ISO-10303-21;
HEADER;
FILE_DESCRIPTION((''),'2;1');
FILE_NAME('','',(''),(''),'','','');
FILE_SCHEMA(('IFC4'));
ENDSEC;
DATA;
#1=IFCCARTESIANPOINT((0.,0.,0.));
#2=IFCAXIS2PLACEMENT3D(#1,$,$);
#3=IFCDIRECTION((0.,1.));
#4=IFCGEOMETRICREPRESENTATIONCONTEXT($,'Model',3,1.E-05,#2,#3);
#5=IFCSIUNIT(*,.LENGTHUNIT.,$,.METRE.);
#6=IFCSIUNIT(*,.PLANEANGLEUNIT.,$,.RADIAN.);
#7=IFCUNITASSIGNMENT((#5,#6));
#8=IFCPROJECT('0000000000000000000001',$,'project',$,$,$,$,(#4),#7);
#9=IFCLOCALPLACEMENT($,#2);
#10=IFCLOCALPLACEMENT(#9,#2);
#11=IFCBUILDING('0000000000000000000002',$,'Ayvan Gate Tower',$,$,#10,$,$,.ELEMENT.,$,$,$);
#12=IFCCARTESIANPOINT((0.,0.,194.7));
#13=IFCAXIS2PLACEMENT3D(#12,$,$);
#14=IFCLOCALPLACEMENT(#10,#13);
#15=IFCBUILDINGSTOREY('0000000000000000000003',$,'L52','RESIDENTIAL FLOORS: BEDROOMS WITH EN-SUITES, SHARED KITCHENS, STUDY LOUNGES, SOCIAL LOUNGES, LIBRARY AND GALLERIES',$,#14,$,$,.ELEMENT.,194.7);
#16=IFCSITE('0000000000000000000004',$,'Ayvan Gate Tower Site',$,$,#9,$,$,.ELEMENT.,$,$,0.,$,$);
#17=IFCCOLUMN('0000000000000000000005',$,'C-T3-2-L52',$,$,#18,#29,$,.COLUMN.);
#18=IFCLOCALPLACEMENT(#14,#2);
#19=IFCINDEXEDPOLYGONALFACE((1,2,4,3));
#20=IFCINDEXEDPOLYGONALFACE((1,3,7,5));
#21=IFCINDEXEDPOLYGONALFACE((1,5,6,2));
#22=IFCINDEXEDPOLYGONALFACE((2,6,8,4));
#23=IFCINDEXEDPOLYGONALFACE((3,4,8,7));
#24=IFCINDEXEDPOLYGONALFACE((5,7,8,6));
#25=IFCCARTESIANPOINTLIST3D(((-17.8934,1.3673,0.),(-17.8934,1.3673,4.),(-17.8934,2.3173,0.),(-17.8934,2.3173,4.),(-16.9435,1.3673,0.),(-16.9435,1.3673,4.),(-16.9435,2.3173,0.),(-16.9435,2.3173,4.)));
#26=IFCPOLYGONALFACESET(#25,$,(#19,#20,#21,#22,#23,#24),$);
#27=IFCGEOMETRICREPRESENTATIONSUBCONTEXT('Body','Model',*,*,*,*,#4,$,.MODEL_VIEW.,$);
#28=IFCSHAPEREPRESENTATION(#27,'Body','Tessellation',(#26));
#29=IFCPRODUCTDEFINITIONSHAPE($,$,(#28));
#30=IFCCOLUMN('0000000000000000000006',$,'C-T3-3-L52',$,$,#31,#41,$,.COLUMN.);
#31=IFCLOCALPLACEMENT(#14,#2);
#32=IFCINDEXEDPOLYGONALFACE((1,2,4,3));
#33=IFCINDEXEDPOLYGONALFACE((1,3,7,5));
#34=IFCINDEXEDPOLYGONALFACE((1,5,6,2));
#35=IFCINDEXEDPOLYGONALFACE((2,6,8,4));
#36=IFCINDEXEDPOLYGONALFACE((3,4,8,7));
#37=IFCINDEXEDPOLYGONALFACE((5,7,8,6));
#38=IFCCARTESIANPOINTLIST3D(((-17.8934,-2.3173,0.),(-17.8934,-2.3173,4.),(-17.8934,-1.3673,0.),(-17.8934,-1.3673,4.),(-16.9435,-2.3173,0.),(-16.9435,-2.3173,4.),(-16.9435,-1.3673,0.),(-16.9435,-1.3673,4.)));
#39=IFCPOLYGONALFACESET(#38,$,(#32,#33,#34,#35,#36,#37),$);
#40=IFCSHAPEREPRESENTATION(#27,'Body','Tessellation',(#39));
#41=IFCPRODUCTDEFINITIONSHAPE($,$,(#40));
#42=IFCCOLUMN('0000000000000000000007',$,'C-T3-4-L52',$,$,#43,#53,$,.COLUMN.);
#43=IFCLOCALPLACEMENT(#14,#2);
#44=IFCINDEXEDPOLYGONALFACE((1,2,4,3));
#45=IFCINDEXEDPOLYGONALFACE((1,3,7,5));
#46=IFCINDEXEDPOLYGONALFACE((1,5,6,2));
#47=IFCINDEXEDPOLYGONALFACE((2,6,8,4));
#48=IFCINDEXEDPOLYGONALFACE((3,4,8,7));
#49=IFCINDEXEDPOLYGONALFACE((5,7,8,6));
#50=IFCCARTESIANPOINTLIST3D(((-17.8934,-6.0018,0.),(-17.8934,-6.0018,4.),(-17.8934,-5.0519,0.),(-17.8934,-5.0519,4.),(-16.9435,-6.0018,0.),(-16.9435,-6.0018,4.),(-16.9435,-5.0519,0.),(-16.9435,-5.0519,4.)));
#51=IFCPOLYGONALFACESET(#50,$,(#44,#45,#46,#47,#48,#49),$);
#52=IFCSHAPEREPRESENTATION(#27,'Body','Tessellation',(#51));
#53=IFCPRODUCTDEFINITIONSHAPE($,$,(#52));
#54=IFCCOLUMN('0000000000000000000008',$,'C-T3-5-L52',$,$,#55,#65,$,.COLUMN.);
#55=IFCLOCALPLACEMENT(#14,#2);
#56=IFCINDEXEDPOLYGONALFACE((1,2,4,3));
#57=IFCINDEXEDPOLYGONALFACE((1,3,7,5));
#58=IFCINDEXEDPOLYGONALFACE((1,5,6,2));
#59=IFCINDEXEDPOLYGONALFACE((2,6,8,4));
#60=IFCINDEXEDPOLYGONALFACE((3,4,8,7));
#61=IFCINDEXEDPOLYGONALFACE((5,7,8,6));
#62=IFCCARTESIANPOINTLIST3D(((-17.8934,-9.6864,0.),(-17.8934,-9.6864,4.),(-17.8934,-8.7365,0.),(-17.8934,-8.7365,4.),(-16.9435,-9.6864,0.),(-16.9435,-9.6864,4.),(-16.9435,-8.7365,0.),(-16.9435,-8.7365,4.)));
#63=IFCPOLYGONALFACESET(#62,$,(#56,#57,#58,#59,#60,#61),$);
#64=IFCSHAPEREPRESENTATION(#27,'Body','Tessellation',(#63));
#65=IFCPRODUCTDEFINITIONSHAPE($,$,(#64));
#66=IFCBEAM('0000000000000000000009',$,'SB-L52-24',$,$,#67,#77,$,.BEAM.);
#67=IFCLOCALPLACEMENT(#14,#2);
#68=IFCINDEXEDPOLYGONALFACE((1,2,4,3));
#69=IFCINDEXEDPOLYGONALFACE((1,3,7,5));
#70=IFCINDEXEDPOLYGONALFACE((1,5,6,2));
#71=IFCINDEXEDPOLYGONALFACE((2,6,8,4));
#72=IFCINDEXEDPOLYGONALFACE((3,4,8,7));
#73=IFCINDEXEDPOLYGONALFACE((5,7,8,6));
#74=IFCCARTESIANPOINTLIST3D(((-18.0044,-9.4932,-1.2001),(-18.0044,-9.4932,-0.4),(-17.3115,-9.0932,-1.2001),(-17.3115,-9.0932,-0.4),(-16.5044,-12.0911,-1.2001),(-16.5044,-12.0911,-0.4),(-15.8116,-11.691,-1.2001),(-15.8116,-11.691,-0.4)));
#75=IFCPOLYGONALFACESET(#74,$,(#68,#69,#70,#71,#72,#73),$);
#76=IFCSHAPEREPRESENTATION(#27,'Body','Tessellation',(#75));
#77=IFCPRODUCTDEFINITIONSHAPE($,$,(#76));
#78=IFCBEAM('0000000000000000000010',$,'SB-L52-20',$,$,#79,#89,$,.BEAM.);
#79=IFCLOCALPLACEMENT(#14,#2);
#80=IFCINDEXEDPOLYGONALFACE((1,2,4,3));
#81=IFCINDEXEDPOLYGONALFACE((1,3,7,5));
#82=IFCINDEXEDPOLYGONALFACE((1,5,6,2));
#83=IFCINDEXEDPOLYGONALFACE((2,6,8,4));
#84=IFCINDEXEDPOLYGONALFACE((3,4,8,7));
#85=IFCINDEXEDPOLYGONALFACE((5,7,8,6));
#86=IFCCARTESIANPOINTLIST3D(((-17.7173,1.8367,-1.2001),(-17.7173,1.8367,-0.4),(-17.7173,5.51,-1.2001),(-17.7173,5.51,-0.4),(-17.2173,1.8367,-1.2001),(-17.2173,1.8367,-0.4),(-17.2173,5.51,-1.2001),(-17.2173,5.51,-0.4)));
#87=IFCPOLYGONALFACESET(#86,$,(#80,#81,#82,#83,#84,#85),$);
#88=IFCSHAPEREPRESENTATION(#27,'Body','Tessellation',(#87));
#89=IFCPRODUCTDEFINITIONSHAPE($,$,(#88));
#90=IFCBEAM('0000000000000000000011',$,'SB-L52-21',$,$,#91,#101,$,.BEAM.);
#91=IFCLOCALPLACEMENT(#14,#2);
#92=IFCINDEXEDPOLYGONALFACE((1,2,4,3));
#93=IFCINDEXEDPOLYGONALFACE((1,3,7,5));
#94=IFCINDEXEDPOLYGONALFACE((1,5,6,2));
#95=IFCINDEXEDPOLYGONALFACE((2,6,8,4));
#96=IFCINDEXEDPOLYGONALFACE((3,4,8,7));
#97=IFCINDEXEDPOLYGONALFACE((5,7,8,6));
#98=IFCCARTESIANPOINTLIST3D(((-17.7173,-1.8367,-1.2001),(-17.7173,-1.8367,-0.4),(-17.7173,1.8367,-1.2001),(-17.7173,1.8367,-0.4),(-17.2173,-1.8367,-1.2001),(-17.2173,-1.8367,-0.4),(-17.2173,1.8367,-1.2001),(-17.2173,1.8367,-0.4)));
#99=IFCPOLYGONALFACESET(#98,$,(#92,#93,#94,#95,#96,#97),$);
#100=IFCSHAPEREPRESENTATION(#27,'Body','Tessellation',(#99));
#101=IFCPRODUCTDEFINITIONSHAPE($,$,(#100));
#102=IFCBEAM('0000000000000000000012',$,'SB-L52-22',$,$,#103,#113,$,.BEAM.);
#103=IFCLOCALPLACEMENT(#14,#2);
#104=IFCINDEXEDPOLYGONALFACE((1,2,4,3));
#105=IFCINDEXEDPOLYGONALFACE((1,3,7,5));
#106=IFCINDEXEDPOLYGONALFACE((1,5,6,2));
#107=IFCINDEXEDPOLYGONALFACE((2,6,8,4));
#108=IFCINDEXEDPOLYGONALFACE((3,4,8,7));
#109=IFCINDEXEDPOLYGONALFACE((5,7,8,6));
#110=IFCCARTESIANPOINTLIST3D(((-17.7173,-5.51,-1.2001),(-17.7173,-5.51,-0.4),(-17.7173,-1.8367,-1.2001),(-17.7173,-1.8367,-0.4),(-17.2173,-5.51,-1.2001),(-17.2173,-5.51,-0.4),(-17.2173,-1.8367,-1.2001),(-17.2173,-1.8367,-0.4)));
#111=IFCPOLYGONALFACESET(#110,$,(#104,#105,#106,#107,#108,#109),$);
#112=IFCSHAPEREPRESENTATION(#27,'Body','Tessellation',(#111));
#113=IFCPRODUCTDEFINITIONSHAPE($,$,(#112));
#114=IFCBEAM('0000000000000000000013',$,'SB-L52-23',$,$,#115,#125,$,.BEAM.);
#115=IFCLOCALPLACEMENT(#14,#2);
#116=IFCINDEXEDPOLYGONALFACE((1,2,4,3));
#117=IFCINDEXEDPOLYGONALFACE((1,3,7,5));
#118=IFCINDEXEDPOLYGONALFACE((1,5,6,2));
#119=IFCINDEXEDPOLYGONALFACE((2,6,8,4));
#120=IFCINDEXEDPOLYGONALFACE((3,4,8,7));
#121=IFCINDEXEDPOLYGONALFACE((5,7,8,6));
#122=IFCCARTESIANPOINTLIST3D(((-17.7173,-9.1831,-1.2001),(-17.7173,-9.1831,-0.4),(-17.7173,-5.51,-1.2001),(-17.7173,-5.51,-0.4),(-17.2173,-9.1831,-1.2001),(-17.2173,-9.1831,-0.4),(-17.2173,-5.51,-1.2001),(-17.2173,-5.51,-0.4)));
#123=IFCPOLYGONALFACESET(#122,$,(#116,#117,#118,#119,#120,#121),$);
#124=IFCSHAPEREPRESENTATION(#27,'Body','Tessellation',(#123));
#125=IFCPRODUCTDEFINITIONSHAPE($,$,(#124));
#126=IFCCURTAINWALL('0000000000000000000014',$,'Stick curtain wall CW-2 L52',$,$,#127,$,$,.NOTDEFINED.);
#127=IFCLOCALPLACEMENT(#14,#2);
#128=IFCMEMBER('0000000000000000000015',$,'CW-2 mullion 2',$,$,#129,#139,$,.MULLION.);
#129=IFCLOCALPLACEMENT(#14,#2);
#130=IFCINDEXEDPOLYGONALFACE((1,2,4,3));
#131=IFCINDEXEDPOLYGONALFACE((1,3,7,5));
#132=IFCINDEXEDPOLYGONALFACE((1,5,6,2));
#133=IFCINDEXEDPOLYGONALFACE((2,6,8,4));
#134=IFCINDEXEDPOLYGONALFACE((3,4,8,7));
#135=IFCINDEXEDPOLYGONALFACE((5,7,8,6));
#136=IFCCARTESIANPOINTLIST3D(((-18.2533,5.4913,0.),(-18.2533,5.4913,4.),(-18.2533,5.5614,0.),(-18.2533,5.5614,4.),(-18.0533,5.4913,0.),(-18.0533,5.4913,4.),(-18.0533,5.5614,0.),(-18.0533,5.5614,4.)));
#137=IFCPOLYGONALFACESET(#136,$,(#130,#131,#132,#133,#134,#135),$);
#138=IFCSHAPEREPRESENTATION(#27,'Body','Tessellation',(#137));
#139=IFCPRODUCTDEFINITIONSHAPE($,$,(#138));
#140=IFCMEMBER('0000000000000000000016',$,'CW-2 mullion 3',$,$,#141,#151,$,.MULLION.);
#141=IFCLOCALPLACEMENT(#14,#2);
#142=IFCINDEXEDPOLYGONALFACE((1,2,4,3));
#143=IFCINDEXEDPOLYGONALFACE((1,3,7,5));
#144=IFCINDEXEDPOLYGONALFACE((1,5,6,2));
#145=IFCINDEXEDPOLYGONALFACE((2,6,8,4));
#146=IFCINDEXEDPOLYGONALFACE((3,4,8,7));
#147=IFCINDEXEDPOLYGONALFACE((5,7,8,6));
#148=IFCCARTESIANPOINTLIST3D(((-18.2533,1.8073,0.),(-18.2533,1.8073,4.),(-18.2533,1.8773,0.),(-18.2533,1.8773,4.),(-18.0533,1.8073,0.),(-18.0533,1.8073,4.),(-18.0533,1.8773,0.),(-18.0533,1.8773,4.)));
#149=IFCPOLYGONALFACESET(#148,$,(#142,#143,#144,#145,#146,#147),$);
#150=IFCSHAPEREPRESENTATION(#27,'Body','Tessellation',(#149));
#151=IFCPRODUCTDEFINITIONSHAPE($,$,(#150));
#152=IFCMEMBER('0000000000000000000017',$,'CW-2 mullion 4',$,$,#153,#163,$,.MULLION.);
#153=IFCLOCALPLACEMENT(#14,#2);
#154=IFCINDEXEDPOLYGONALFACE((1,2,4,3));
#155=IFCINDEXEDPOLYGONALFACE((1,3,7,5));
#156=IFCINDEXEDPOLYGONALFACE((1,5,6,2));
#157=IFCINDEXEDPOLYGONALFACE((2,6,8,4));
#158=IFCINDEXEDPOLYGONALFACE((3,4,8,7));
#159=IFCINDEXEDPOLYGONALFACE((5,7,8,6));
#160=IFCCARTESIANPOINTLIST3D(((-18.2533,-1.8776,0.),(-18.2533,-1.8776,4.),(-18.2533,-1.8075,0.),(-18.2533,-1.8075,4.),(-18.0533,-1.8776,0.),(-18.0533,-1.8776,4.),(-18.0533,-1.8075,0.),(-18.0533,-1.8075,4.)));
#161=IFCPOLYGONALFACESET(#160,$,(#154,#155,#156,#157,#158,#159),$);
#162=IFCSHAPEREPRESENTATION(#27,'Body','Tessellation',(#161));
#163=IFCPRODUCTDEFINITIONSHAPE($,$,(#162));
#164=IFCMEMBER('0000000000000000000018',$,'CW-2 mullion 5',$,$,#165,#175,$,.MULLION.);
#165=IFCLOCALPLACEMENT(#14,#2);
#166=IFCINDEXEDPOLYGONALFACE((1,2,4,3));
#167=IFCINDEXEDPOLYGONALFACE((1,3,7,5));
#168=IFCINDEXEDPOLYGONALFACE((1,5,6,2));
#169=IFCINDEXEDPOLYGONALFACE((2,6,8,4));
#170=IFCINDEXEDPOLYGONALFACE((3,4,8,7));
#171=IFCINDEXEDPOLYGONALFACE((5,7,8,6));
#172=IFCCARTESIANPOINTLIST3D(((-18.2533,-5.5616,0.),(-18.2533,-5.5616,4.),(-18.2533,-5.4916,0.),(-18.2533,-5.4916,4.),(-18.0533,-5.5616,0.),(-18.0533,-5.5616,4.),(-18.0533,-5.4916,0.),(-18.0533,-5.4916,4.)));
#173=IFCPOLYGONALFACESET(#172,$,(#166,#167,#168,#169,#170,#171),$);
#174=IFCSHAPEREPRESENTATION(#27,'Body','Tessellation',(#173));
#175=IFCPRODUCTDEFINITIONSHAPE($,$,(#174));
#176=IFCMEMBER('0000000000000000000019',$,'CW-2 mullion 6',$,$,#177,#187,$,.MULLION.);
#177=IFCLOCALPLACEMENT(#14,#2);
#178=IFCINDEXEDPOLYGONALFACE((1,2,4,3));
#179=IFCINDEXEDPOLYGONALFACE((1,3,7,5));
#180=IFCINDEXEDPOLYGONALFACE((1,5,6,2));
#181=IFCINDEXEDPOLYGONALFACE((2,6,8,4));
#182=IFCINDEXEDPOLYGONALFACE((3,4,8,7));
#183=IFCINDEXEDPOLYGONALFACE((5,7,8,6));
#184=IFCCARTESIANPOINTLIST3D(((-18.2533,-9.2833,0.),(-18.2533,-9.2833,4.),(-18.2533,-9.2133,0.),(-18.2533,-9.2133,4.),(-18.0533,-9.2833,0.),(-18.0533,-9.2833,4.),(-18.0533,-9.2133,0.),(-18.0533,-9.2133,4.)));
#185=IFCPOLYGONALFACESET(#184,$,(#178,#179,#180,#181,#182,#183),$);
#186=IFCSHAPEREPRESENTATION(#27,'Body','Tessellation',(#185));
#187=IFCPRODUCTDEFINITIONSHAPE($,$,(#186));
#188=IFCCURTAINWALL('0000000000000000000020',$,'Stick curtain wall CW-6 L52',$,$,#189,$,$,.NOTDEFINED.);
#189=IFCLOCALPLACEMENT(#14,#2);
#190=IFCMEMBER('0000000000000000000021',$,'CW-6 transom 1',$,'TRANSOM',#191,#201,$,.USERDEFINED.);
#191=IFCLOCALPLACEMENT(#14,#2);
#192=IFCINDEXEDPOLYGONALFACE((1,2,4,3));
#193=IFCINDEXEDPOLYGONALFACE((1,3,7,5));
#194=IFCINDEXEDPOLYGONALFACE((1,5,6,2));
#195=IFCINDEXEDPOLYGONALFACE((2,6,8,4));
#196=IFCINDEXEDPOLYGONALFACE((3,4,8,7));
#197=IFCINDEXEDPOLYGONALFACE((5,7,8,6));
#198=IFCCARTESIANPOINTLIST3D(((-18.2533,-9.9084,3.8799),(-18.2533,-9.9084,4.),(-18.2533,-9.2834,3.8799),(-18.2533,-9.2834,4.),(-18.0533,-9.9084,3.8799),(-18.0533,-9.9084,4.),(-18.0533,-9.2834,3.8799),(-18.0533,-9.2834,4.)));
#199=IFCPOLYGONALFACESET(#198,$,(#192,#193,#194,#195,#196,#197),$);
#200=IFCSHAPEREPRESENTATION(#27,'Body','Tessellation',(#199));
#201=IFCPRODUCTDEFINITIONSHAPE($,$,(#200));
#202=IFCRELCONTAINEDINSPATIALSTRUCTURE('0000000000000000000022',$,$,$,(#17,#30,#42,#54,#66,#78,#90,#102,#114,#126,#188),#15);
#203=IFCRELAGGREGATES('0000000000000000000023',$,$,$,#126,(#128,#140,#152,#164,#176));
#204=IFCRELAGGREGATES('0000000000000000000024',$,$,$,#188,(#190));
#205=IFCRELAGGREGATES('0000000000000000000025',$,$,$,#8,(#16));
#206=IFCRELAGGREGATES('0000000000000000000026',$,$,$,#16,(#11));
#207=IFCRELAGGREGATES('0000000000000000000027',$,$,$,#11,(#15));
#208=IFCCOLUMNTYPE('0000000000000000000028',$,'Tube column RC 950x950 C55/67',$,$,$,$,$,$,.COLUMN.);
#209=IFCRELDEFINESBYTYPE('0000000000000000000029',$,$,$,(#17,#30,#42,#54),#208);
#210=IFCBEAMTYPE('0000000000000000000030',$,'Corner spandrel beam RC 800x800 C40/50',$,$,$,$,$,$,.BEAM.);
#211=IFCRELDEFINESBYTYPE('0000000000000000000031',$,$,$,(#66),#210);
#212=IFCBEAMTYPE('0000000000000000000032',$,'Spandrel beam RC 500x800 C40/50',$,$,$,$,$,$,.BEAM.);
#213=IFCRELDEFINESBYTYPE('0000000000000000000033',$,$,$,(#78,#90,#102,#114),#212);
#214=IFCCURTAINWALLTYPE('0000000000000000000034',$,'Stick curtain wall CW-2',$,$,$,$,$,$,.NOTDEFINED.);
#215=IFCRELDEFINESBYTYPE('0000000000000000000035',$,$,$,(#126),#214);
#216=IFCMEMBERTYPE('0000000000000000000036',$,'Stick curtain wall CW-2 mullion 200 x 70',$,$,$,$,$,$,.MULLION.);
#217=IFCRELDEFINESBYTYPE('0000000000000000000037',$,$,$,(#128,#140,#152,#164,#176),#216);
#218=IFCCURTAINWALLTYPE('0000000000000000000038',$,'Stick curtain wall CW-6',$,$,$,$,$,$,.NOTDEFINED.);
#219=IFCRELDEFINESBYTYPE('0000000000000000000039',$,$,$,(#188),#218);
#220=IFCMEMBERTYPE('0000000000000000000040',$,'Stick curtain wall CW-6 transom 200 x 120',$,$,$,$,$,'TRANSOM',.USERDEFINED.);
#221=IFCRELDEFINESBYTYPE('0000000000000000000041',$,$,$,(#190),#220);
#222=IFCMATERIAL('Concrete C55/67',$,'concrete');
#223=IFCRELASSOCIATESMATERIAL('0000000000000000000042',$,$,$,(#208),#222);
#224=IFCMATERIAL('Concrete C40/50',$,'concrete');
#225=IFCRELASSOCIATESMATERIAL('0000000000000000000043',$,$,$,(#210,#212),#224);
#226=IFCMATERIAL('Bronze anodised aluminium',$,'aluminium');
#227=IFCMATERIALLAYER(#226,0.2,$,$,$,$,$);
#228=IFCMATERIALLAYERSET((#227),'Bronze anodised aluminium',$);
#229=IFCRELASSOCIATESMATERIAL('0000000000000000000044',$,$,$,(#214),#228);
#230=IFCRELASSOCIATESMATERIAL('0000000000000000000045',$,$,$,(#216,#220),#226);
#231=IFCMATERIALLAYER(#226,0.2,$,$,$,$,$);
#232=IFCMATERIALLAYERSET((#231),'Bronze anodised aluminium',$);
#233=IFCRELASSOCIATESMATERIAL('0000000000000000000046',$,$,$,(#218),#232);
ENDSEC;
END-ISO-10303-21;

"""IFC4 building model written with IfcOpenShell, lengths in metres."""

from ifc_helpers import new_model, si_unit, direction, frame, origin, origin_2d, place, context, subcontext, project, spatial, rectangle, extrude, material, layer, layer_set, material_profile, profile_set, type_object, element, aggregate, save


model = new_model("IFC4")

# Units and contexts
model_context = context("Model", 3, precision=1e-05, world=origin(), true_north=direction((0.0, 1.0)))
body_context = subcontext(model_context, "Body", "Model", "MODEL_VIEW")
ifc_project = project(units=[si_unit("LENGTHUNIT", "METRE"), si_unit("PLANEANGLEUNIT", "RADIAN")], contexts=[model_context])

# Site, building, storey
site_placement = place(None, origin())
site = spatial("IfcSite", under=ifc_project, at=site_placement, Name="Ayvan Gate Tower Site", CompositionType="ELEMENT", RefElevation=0.0)
building_placement = place(site_placement, origin())
building = spatial("IfcBuilding", under=site, at=building_placement, Name="Ayvan Gate Tower", CompositionType="ELEMENT")
storey_placement = place(building_placement, frame((0.0, 0.0, 194.7)))
storey = spatial("IfcBuildingStorey", under=building, at=storey_placement, Name="L52", Description="RESIDENTIAL FLOORS: BEDROOMS WITH EN-SUITES, SHARED KITCHENS, STUDY LOUNGES, SOCIAL LOUNGES, LIBRARY AND GALLERIES", CompositionType="ELEMENT", Elevation=194.7)

# Columns
ifc_material_1 = material(Name="Concrete C55/67", Category="concrete")
ifc_material_profile_1 = material_profile(ifc_material_1, rectangle(XDim=0.95, YDim=0.95, at=origin_2d()), Name="RC 950x950")
ifc_profile_set_1 = profile_set([ifc_material_profile_1], Name="Concrete C55/67")
column_type = type_object("IfcColumnType", Name="Tube column RC 950x950 C55/67", PredefinedType="COLUMN", material=ifc_profile_set_1)
for number, where, z_axis, x_axis, name in (
    (1, (-17.4185, 1.8423, 0.0), (0.0, 0.0, 1.0), (-1.0, 0.0, 0.0), "C-T3-2-L52"),
    (2, (-17.4185, -1.8423, 0.0), (0.0, 0.0, 1.0), (-1.0, 0.0, 0.0), "C-T3-3-L52"),
    (3, (-17.4185, -5.5269, 0.0), (0.0, 0.0, 1.0), (-1.0, 0.0, 0.0), "C-T3-4-L52"),
    (4, (-17.4185, -9.2114, 0.0), (0.0, 0.0, 1.0), (-1.0, 0.0, 0.0), "C-T3-5-L52"),
):
    element("IfcColumn", number, at=place(storey_placement, frame(where, z_axis=z_axis, x_axis=x_axis)), inside=storey, type_object=column_type, Name=name, PredefinedType="COLUMN", context=body_context, shape_type="SweptSolid", body=[
        extrude(rectangle(XDim=0.95, YDim=0.95, at=origin_2d()), origin(), (0.0, 0.0, 1.0), 4.0),
    ])

# Beams
ifc_material_2 = material(Name="Concrete C40/50", Category="concrete")
ifc_material_profile_2 = material_profile(ifc_material_2, rectangle(XDim=0.8, YDim=0.8, at=origin_2d()), Name="RC 800x800")
ifc_profile_set_2 = profile_set([ifc_material_profile_2], Name="Concrete C40/50")
beam_type_1 = type_object("IfcBeamType", Name="Corner spandrel beam RC 800x800 C40/50", PredefinedType="BEAM", material=ifc_profile_set_2)
beam_1_placement = place(storey_placement, frame((-17.658, -9.2932, -0.8), z_axis=(0.500025, -0.866011, 0.0), x_axis=(0.866011, 0.500025, 0.0)))
element("IfcBeam", 5, at=beam_1_placement, inside=storey, type_object=beam_type_1, Name="SB-L52-24", PredefinedType="BEAM", context=body_context, shape_type="SweptSolid", body=[
    extrude(rectangle(XDim=0.8, YDim=0.8, at=origin_2d()), origin(), (0.0, 0.0, 1.0), 2.9998),
])
ifc_material_profile_3 = material_profile(ifc_material_2, rectangle(XDim=0.5, YDim=0.8, at=origin_2d()), Name="RC 500x800")
ifc_profile_set_3 = profile_set([ifc_material_profile_3], Name="Concrete C40/50")
beam_type_2 = type_object("IfcBeamType", Name="Spandrel beam RC 500x800 C40/50", PredefinedType="BEAM", material=ifc_profile_set_3)
for number, where, z_axis, x_axis, name in (
    (6, (-17.4673, 5.51, -0.8), (0.0, -1.0, 0.0), (1.0, 0.0, 0.0), "SB-L52-20"),
    (7, (-17.4673, 1.8367, -0.8), (0.0, -1.0, 0.0), (1.0, 0.0, 0.0), "SB-L52-21"),
    (8, (-17.4673, -1.8367, -0.8), (0.0, -1.0, 0.0), (1.0, 0.0, 0.0), "SB-L52-22"),
):
    element("IfcBeam", number, at=place(storey_placement, frame(where, z_axis=z_axis, x_axis=x_axis)), inside=storey, type_object=beam_type_2, Name=name, PredefinedType="BEAM", context=body_context, shape_type="SweptSolid", body=[
        extrude(rectangle(XDim=0.5, YDim=0.8, at=origin_2d()), origin(), (0.0, 0.0, 1.0), 3.6733),
    ])
beam_2_placement = place(storey_placement, frame((-17.4673, -5.51, -0.8), z_axis=(0.0, -1.0, 0.0), x_axis=(1.0, 0.0, 0.0)))
element("IfcBeam", 9, at=beam_2_placement, inside=storey, type_object=beam_type_2, Name="SB-L52-23", PredefinedType="BEAM", context=body_context, shape_type="SweptSolid", body=[
    extrude(rectangle(XDim=0.5, YDim=0.8, at=origin_2d()), origin(), (0.0, 0.0, 1.0), 3.6731),
])

# Curtain wall, members
ifc_material_3 = material(Name="Bronze anodised aluminium", Category="aluminium")
ifc_layer_1 = layer(ifc_material_3, 0.2)
ifc_layer_set_1 = layer_set([ifc_layer_1], Name="Bronze anodised aluminium")
curtain_wall_type_1 = type_object("IfcCurtainWallType", Name="Stick curtain wall CW-2", PredefinedType="NOTDEFINED", material=ifc_layer_set_1)
curtain_wall_1_placement = place(storey_placement, origin())
curtain_wall_1 = element("IfcCurtainWall", 10, at=curtain_wall_1_placement, inside=storey, type_object=curtain_wall_type_1, Name="Stick curtain wall CW-2 L52", PredefinedType="NOTDEFINED")
ifc_material_profile_4 = material_profile(ifc_material_3, rectangle(XDim=0.2, YDim=0.0701, at=origin_2d()), Name="Stick curtain wall CW-2 mullion 200 x 70")
ifc_profile_set_4 = profile_set([ifc_material_profile_4], Name="Bronze anodised aluminium")
member_type_1 = type_object("IfcMemberType", Name="Stick curtain wall CW-2 mullion 200 x 70", PredefinedType="MULLION", material=ifc_profile_set_4)
member_1_placement = place(storey_placement, frame((-18.1533, 5.5264, 0.0), z_axis=(0.0, 0.0, 1.0), x_axis=(-1.0, 0.0, 0.0)))
member_1 = element("IfcMember", 11, at=member_1_placement, type_object=member_type_1, Name="CW-2 mullion 2", PredefinedType="MULLION", context=body_context, shape_type="SweptSolid", body=[
    extrude(rectangle(XDim=0.2, YDim=0.0701, at=origin_2d()), origin(), (0.0, 0.0, 1.0), 4.0),
])
member_2_placement = place(storey_placement, frame((-18.1533, 1.8423, 0.0), z_axis=(0.0, 0.0, 1.0), x_axis=(-1.0, 0.0, 0.0)))
member_2 = element("IfcMember", 12, at=member_2_placement, type_object=member_type_1, Name="CW-2 mullion 3", PredefinedType="MULLION", context=body_context, shape_type="SweptSolid", body=[
    extrude(rectangle(XDim=0.2, YDim=0.0701, at=origin_2d()), origin(), (0.0, 0.0, 1.0), 4.0),
])
member_3_placement = place(storey_placement, frame((-18.1533, -1.8425, 0.0), z_axis=(0.0, 0.0, 1.0), x_axis=(-1.0, 0.0, 0.0)))
member_3 = element("IfcMember", 13, at=member_3_placement, type_object=member_type_1, Name="CW-2 mullion 4", PredefinedType="MULLION", context=body_context, shape_type="SweptSolid", body=[
    extrude(rectangle(XDim=0.2, YDim=0.0701, at=origin_2d()), origin(), (0.0, 0.0, 1.0), 4.0),
])
member_4_placement = place(storey_placement, frame((-18.1533, -5.5266, 0.0), z_axis=(0.0, 0.0, 1.0), x_axis=(-1.0, 0.0, 0.0)))
member_4 = element("IfcMember", 14, at=member_4_placement, type_object=member_type_1, Name="CW-2 mullion 5", PredefinedType="MULLION", context=body_context, shape_type="SweptSolid", body=[
    extrude(rectangle(XDim=0.2, YDim=0.0701, at=origin_2d()), origin(), (0.0, 0.0, 1.0), 4.0),
])
member_5_placement = place(storey_placement, frame((-18.1533, -9.2483, 0.0), z_axis=(0.0, 0.0, 1.0), x_axis=(-1.0, 0.0, 0.0)))
member_5 = element("IfcMember", 15, at=member_5_placement, type_object=member_type_1, Name="CW-2 mullion 6", PredefinedType="MULLION", context=body_context, shape_type="SweptSolid", body=[
    extrude(rectangle(XDim=0.2, YDim=0.0701, at=origin_2d()), origin(), (0.0, 0.0, 1.0), 4.0),
])

# Curtain wall, member
ifc_layer_2 = layer(ifc_material_3, 0.2)
ifc_layer_set_2 = layer_set([ifc_layer_2], Name="Bronze anodised aluminium")
curtain_wall_type_2 = type_object("IfcCurtainWallType", Name="Stick curtain wall CW-6", PredefinedType="NOTDEFINED", material=ifc_layer_set_2)
curtain_wall_2_placement = place(storey_placement, origin())
curtain_wall_2 = element("IfcCurtainWall", 16, at=curtain_wall_2_placement, inside=storey, type_object=curtain_wall_type_2, Name="Stick curtain wall CW-6 L52", PredefinedType="NOTDEFINED")
ifc_material_profile_5 = material_profile(ifc_material_3, rectangle(XDim=0.2, YDim=0.1201, at=origin_2d()), Name="Stick curtain wall CW-6 transom 200 x 120")
ifc_profile_set_5 = profile_set([ifc_material_profile_5], Name="Bronze anodised aluminium")
member_type_2 = type_object("IfcMemberType", Name="Stick curtain wall CW-6 transom 200 x 120", ElementType="TRANSOM", PredefinedType="USERDEFINED", material=ifc_profile_set_5)
member_6_placement = place(storey_placement, frame((-18.1533, -9.2834, 3.9399), z_axis=(0.0, -1.0, 0.0), x_axis=(1.0, 0.0, 0.0)))
member_6 = element("IfcMember", 17, at=member_6_placement, type_object=member_type_2, Name="CW-6 transom 1", ObjectType="TRANSOM", PredefinedType="USERDEFINED", context=body_context, shape_type="SweptSolid", body=[
    extrude(rectangle(XDim=0.2, YDim=0.1201, at=origin_2d()), origin(), (0.0, 0.0, 1.0), 0.625),
])

aggregate(curtain_wall_1, [member_1, member_2, member_3, member_4, member_5])
aggregate(curtain_wall_2, [member_6])

save(model, "model.ifc")
